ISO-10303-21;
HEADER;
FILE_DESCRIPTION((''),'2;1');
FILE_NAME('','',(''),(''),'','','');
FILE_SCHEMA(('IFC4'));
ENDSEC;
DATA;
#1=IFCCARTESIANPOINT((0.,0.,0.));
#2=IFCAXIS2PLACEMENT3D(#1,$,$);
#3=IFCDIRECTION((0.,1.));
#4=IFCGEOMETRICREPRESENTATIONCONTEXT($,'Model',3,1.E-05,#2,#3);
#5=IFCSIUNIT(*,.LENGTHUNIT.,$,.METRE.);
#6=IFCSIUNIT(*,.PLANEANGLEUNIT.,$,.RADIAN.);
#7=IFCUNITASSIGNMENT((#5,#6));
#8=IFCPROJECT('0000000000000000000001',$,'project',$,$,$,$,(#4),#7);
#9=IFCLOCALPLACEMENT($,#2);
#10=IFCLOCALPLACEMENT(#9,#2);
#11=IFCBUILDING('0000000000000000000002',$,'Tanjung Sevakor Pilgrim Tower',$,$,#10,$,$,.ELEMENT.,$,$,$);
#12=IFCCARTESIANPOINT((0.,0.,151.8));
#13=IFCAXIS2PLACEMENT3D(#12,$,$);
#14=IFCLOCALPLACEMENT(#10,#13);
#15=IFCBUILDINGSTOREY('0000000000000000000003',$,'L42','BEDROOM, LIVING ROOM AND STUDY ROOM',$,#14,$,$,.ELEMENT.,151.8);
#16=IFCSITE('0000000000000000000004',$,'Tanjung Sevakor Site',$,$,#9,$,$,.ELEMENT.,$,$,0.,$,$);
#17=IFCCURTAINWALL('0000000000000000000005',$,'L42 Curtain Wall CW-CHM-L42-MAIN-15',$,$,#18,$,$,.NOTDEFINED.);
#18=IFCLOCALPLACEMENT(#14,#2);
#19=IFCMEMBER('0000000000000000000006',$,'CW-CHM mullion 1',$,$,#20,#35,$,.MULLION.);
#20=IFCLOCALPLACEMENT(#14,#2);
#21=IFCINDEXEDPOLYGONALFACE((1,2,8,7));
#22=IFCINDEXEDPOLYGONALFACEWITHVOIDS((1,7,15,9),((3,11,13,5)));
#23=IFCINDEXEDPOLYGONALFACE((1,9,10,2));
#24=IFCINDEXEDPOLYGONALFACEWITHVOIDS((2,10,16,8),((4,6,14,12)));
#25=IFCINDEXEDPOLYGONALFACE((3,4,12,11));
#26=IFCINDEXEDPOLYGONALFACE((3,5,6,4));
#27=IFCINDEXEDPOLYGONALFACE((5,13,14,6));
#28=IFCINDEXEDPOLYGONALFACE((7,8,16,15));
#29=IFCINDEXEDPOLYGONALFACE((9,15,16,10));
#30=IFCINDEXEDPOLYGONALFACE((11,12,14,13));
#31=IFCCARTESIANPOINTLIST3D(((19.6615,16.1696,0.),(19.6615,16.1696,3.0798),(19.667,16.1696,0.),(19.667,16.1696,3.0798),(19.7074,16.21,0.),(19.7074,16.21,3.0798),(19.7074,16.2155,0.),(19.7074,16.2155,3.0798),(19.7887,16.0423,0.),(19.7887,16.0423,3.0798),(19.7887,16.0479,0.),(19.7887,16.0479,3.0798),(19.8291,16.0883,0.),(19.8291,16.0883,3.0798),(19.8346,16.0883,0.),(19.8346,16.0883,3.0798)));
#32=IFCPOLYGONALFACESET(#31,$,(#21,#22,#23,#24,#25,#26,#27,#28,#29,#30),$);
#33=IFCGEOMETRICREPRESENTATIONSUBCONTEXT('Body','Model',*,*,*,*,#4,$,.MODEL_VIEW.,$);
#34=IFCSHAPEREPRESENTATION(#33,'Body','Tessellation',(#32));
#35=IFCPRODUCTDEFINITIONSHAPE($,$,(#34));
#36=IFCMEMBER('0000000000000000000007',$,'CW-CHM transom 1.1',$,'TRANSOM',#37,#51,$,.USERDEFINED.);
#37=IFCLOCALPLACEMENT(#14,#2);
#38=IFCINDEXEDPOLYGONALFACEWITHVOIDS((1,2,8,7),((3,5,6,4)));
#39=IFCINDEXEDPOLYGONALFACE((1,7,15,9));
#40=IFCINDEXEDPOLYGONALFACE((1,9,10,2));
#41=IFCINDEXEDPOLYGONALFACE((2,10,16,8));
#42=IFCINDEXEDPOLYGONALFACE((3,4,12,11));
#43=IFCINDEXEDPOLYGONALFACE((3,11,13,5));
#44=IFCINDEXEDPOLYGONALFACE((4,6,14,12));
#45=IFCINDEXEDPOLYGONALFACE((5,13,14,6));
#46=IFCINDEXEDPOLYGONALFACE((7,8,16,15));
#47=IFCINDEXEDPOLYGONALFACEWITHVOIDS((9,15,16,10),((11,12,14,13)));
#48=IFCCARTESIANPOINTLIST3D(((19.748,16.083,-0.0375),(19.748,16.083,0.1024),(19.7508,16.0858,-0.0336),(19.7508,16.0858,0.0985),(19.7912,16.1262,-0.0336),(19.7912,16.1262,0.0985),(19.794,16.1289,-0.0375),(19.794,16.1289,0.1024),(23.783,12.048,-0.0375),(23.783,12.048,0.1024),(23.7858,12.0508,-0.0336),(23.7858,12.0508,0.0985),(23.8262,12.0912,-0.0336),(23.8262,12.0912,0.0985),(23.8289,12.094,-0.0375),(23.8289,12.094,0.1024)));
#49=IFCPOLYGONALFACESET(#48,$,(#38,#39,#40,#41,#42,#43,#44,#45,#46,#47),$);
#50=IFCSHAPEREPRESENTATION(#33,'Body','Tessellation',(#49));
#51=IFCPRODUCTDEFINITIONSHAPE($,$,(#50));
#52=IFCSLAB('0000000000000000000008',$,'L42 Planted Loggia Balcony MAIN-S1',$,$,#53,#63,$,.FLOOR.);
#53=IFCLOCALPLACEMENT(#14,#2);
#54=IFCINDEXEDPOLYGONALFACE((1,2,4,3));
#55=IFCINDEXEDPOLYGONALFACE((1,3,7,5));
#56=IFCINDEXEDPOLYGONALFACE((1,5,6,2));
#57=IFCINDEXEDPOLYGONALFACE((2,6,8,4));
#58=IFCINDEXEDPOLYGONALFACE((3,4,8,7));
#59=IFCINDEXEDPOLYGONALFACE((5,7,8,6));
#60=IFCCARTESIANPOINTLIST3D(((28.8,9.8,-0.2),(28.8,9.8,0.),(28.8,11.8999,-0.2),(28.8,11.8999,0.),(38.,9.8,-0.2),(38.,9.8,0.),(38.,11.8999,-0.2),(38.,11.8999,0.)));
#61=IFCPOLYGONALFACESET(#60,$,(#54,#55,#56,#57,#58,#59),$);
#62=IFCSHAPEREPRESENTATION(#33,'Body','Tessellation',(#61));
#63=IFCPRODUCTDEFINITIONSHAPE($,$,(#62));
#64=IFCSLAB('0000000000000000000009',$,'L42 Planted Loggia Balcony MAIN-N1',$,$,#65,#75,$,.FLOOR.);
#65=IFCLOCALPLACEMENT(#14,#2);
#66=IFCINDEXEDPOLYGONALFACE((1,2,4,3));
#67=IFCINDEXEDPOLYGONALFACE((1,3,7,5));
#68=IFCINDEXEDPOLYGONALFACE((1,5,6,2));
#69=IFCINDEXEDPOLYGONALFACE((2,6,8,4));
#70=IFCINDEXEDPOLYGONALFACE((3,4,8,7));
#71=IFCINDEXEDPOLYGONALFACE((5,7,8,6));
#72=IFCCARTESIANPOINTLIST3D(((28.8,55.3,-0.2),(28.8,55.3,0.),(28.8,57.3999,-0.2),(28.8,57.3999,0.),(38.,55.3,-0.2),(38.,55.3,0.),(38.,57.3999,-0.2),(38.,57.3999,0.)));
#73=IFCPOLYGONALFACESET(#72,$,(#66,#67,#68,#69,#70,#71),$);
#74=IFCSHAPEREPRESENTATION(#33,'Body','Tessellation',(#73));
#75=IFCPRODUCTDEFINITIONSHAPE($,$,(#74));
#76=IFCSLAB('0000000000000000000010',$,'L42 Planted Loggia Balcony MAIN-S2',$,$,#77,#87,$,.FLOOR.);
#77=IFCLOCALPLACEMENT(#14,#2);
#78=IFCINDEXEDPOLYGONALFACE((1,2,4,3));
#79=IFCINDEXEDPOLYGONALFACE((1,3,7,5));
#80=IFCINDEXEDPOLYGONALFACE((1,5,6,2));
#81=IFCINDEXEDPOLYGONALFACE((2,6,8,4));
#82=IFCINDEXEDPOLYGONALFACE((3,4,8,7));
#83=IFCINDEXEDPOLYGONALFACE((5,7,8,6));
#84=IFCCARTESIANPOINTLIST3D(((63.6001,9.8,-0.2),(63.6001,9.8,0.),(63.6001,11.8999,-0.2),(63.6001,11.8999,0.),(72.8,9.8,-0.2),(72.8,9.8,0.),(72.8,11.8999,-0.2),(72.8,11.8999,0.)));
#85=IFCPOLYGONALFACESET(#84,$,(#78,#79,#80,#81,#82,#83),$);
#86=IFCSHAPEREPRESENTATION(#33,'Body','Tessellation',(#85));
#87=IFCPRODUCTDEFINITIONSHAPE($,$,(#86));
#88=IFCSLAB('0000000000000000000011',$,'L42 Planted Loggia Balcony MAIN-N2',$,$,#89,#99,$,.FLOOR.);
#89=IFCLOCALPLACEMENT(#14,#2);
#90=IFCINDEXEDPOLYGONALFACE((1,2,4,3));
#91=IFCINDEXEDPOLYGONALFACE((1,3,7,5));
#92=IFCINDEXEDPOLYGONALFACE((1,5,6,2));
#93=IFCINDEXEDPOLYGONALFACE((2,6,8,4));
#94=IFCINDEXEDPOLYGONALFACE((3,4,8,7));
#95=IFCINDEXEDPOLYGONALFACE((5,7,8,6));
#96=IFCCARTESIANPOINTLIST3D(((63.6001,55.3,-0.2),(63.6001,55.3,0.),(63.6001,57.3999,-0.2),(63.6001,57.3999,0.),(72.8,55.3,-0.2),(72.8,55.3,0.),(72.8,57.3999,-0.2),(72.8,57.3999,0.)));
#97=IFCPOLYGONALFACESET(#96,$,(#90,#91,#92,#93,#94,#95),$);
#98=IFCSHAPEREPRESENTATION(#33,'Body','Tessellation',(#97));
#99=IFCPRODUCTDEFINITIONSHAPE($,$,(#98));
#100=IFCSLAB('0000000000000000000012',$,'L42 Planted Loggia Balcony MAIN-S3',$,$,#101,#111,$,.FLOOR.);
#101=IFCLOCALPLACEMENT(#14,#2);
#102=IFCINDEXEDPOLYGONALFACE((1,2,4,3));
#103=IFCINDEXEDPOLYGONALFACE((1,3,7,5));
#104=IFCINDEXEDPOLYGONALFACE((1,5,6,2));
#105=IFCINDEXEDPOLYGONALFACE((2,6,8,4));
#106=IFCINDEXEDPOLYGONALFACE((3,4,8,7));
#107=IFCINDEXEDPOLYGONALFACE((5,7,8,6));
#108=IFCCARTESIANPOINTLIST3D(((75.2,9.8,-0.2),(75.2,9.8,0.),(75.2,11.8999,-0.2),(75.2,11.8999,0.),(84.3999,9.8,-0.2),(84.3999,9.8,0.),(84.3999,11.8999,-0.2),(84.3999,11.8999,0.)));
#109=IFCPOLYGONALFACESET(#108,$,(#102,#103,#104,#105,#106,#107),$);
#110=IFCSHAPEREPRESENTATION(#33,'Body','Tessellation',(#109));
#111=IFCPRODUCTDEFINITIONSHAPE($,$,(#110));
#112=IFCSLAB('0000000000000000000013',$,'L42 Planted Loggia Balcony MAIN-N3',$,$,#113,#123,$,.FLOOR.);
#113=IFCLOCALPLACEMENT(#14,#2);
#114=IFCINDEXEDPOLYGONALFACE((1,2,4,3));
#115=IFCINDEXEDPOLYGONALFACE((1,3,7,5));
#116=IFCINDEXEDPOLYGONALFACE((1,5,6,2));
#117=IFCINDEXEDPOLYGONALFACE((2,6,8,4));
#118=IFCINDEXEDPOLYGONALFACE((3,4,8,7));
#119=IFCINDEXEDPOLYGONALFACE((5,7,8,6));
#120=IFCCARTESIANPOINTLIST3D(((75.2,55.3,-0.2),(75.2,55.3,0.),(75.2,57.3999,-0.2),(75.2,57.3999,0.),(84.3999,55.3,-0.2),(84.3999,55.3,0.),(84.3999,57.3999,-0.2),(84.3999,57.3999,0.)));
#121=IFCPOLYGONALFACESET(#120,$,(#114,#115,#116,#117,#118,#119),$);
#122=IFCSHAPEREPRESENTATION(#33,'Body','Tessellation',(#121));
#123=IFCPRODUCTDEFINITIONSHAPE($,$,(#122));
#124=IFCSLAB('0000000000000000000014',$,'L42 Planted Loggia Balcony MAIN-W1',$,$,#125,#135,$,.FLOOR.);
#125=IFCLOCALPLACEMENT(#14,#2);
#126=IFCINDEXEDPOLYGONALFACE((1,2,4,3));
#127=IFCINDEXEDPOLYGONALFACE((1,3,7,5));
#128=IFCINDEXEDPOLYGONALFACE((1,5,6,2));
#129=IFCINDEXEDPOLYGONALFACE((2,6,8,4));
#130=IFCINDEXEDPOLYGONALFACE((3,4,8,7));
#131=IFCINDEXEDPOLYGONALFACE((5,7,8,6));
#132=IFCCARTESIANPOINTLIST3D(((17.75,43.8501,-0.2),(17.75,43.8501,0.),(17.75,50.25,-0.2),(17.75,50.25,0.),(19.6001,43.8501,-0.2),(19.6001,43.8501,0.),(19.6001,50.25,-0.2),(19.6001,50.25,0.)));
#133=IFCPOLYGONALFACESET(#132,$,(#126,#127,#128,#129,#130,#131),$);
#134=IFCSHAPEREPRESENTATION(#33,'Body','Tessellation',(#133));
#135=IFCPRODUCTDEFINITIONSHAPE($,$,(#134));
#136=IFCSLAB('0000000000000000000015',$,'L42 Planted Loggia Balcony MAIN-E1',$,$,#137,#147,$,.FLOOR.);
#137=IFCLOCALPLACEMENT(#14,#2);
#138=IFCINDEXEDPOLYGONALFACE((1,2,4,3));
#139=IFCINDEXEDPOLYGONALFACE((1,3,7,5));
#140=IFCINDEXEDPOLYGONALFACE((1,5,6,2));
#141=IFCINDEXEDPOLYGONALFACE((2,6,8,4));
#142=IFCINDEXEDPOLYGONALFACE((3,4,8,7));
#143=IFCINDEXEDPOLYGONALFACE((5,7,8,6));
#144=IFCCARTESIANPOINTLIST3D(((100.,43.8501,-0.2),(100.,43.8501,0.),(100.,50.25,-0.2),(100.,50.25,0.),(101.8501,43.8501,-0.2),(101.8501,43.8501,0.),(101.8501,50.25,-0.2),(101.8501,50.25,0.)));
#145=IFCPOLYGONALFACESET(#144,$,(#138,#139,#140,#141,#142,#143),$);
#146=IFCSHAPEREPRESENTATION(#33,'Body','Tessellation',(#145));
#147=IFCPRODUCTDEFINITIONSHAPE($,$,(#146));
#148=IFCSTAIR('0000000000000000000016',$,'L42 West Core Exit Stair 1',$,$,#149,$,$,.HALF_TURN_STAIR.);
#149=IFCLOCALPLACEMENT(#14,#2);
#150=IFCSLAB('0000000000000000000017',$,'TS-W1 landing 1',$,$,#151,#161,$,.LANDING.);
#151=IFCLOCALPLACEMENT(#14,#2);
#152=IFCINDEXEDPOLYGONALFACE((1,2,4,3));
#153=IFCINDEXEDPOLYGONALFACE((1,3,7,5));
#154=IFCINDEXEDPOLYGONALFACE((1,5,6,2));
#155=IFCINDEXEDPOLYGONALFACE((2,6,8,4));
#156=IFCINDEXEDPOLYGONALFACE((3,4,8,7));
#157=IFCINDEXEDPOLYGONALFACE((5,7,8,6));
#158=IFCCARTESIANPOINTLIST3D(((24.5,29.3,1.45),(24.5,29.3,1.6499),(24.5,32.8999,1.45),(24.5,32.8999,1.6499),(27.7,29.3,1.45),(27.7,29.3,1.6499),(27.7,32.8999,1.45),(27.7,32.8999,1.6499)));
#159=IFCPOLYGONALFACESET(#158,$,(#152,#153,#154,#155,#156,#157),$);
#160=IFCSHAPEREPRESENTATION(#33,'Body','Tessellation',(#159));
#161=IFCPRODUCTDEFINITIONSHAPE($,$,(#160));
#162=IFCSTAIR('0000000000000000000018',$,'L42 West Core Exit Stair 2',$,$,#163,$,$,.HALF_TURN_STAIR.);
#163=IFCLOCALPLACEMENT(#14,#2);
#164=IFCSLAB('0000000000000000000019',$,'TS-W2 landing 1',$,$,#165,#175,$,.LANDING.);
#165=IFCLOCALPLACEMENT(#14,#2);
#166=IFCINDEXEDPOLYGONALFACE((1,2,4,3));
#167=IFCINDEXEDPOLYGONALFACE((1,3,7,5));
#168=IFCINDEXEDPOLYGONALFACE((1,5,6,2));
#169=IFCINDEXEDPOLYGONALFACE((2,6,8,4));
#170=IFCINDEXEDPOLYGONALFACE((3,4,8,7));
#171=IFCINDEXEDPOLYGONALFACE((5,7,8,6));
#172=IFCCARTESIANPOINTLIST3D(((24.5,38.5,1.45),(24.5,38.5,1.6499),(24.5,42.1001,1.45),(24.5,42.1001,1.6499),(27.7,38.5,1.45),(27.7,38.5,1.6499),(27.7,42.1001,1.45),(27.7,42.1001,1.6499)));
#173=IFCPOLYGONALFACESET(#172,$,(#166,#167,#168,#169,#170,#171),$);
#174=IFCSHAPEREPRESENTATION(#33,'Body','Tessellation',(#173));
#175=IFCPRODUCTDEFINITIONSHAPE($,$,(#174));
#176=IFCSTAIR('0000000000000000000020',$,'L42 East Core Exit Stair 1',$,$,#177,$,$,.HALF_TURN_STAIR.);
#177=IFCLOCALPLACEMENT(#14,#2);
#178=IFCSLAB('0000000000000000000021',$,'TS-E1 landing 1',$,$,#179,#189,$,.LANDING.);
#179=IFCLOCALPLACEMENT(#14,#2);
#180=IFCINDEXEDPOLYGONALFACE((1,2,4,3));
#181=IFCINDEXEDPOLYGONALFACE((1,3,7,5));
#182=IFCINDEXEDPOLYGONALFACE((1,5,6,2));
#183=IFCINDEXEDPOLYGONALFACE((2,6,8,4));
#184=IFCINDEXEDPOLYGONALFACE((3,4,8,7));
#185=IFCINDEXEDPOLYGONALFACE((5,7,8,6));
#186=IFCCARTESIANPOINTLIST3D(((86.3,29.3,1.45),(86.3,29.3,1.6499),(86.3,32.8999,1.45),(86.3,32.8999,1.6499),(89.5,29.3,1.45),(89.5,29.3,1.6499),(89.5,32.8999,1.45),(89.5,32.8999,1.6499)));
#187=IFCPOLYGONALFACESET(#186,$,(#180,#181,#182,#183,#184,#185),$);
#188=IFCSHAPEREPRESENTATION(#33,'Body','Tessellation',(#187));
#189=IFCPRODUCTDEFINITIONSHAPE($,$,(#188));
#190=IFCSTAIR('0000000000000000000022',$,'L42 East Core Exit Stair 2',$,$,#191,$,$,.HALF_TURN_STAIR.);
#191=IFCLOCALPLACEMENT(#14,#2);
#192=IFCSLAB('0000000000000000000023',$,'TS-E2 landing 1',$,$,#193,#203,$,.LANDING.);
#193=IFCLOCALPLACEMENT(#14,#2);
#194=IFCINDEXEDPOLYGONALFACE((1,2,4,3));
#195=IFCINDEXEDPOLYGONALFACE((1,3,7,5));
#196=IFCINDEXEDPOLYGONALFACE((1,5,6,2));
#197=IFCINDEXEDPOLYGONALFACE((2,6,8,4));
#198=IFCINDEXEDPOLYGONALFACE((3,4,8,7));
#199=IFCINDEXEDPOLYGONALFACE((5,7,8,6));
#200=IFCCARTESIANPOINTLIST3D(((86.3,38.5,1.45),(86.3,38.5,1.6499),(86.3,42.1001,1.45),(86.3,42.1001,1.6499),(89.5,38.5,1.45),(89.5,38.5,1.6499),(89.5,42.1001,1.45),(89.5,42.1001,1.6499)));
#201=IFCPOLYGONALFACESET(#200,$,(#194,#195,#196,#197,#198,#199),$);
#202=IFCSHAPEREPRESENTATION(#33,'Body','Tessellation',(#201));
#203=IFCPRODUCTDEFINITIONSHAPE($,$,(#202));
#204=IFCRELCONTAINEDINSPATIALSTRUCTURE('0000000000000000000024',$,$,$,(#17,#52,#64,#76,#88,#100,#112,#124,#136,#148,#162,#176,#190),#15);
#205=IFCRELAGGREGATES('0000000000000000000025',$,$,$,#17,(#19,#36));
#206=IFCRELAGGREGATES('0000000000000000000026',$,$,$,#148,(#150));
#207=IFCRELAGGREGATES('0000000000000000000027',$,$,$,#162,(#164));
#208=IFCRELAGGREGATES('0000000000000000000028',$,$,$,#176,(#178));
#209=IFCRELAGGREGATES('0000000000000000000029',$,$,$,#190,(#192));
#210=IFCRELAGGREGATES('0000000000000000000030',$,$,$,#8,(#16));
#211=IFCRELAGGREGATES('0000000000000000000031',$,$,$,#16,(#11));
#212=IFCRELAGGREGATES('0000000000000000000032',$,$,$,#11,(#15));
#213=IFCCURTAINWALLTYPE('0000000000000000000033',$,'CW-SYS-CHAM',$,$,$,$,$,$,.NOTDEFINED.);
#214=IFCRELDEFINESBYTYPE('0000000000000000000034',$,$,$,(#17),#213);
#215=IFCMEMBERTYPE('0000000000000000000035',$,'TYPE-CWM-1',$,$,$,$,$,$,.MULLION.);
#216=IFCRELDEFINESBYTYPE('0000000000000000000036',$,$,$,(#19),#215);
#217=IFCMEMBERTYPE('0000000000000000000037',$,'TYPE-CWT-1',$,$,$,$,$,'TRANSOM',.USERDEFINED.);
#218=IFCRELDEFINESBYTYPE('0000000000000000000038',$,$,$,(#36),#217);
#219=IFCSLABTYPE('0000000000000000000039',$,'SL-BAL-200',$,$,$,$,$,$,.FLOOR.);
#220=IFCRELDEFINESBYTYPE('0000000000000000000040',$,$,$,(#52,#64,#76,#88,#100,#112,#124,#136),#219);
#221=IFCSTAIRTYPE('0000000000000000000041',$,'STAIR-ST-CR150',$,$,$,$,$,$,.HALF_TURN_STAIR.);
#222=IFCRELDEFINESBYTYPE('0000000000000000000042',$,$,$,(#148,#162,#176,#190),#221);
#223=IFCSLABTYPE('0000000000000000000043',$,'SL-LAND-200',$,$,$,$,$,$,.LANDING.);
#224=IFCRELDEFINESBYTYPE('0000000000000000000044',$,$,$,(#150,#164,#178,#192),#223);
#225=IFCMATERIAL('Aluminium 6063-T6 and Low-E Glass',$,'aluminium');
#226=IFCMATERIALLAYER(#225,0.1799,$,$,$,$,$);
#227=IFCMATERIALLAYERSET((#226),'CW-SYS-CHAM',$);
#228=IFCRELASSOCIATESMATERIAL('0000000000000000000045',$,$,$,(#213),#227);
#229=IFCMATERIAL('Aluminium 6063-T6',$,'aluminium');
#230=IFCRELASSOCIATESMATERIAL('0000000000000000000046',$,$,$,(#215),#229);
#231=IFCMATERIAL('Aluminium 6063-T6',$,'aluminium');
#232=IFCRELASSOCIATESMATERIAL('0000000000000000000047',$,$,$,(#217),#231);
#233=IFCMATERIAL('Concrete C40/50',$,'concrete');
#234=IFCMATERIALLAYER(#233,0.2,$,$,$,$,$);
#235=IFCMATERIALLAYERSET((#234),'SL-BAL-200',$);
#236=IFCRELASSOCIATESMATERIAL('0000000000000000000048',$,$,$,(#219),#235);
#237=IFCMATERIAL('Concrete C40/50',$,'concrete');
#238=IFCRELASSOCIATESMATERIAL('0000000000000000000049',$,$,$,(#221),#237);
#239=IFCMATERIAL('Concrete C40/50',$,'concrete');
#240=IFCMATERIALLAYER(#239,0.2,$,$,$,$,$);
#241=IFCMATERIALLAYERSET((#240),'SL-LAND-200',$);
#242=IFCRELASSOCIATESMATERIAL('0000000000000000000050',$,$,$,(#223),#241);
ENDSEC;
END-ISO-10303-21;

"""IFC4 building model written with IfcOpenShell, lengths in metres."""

from ifc_helpers import new_model, si_unit, direction, frame, origin, origin_2d, place, context, subcontext, project, spatial, polyline, hollow_rectangle, outline, extrude, material, layer, layer_set, material_profile, profile_set, type_object, element, aggregate, save


model = new_model("IFC4")

# Units and contexts
model_context = context("Model", 3, precision=1e-05, world=origin(), true_north=direction((0.0, 1.0)))
body_context = subcontext(model_context, "Body", "Model", "MODEL_VIEW")
ifc_project = project(units=[si_unit("LENGTHUNIT", "METRE"), si_unit("PLANEANGLEUNIT", "RADIAN")], contexts=[model_context])

# Site, building, storey
site_placement = place(None, origin())
site = spatial("IfcSite", under=ifc_project, at=site_placement, Name="Tanjung Sevakor Site", CompositionType="ELEMENT", RefElevation=0.0)
building_placement = place(site_placement, origin())
building = spatial("IfcBuilding", under=site, at=building_placement, Name="Tanjung Sevakor Pilgrim Tower", CompositionType="ELEMENT")
storey_placement = place(building_placement, frame((0.0, 0.0, 151.8)))
storey = spatial("IfcBuildingStorey", under=building, at=storey_placement, Name="L42", Description="BEDROOM, LIVING ROOM AND STUDY ROOM", CompositionType="ELEMENT", Elevation=151.8)

# Curtain wall, members
ifc_material_1 = material(Name="Aluminium 6063-T6 and Low-E Glass", Category="aluminium")
ifc_layer_1 = layer(ifc_material_1, 0.1799)
ifc_layer_set_1 = layer_set([ifc_layer_1], Name="CW-SYS-CHAM")
curtain_wall_type = type_object("IfcCurtainWallType", Name="CW-SYS-CHAM", PredefinedType="NOTDEFINED", material=ifc_layer_set_1)
curtain_wall_placement = place(storey_placement, origin())
curtain_wall = element("IfcCurtainWall", 1, at=curtain_wall_placement, inside=storey, type_object=curtain_wall_type, Name="L42 Curtain Wall CW-CHM-L42-MAIN-15", PredefinedType="NOTDEFINED")
ifc_material_2 = material(Name="Aluminium 6063-T6", Category="aluminium")
ifc_material_profile_1 = material_profile(ifc_material_2, hollow_rectangle(XDim=0.0649, YDim=0.1799, WallThickness=0.0039, at=origin_2d()))
ifc_profile_set_1 = profile_set([ifc_material_profile_1], Name="Aluminium 6063-T6")
member_type_1 = type_object("IfcMemberType", Name="TYPE-CWM-1", PredefinedType="MULLION", material=ifc_profile_set_1)
member_1_placement = place(storey_placement, frame((19.748, 16.1289, 0.0), z_axis=(0.0, 0.0, 1.0), x_axis=(0.707107, 0.707107, 0.0)))
member_1 = element("IfcMember", 2, at=member_1_placement, type_object=member_type_1, Name="CW-CHM mullion 1", PredefinedType="MULLION", context=body_context, shape_type="SweptSolid", body=[
    extrude(hollow_rectangle(XDim=0.0649, YDim=0.1799, WallThickness=0.0039, at=origin_2d()), origin(), (0.0, 0.0, 1.0), 3.0798),
])
ifc_material_3 = material(Name="Aluminium 6063-T6", Category="aluminium")
ifc_material_profile_2 = material_profile(ifc_material_3, hollow_rectangle(XDim=0.0649, YDim=0.1399, WallThickness=0.0039, at=origin_2d()))
ifc_profile_set_2 = profile_set([ifc_material_profile_2], Name="Aluminium 6063-T6")
member_type_2 = type_object("IfcMemberType", Name="TYPE-CWT-1", ElementType="TRANSOM", PredefinedType="USERDEFINED", material=ifc_profile_set_2)
member_2_placement = place(storey_placement, frame((19.771, 16.106, 0.0325), z_axis=(0.707107, -0.707107, 0.0), x_axis=(0.707107, 0.707107, 0.0)))
member_2 = element("IfcMember", 3, at=member_2_placement, type_object=member_type_2, Name="CW-CHM transom 1.1", ObjectType="TRANSOM", PredefinedType="USERDEFINED", context=body_context, shape_type="SweptSolid", body=[
    extrude(hollow_rectangle(XDim=0.0649, YDim=0.1399, WallThickness=0.0039, at=origin_2d()), origin(), (0.0, 0.0, 1.0), 5.7063),
])
aggregate(curtain_wall, [member_1, member_2])

# Slabs
ifc_material_4 = material(Name="Concrete C40/50", Category="concrete")
ifc_layer_2 = layer(ifc_material_4, 0.2)
ifc_layer_set_2 = layer_set([ifc_layer_2], Name="SL-BAL-200")
slab_type_1 = type_object("IfcSlabType", Name="SL-BAL-200", PredefinedType="FLOOR", material=ifc_layer_set_2)
slab_1_placement = place(storey_placement, frame((0.0, 0.0, -0.2)))
element("IfcSlab", 4, at=slab_1_placement, inside=storey, type_object=slab_type_1, Name="L42 Planted Loggia Balcony MAIN-S1", PredefinedType="FLOOR", context=body_context, shape_type="SweptSolid", body=[
    extrude(outline(polyline([(28.8, 9.8), (38.0, 9.8), (38.0, 11.8999), (28.8, 11.8999), (28.8, 9.8)])), origin(), (0.0, 0.0, 1.0), 0.2),
])
slab_2_placement = place(storey_placement, frame((0.0, 0.0, -0.2)))
element("IfcSlab", 5, at=slab_2_placement, inside=storey, type_object=slab_type_1, Name="L42 Planted Loggia Balcony MAIN-N1", PredefinedType="FLOOR", context=body_context, shape_type="SweptSolid", body=[
    extrude(outline(polyline([(28.8, 55.3), (38.0, 55.3), (38.0, 57.3999), (28.8, 57.3999), (28.8, 55.3)])), origin(), (0.0, 0.0, 1.0), 0.2),
])
slab_3_placement = place(storey_placement, frame((0.0, 0.0, -0.2)))
element("IfcSlab", 6, at=slab_3_placement, inside=storey, type_object=slab_type_1, Name="L42 Planted Loggia Balcony MAIN-S2", PredefinedType="FLOOR", context=body_context, shape_type="SweptSolid", body=[
    extrude(outline(polyline([(63.6001, 9.8), (72.8, 9.8), (72.8, 11.8999), (63.6001, 11.8999), (63.6001, 9.8)])), origin(), (0.0, 0.0, 1.0), 0.2),
])
slab_4_placement = place(storey_placement, frame((0.0, 0.0, -0.2)))
element("IfcSlab", 7, at=slab_4_placement, inside=storey, type_object=slab_type_1, Name="L42 Planted Loggia Balcony MAIN-N2", PredefinedType="FLOOR", context=body_context, shape_type="SweptSolid", body=[
    extrude(outline(polyline([(63.6001, 55.3), (72.8, 55.3), (72.8, 57.3999), (63.6001, 57.3999), (63.6001, 55.3)])), origin(), (0.0, 0.0, 1.0), 0.2),
])
slab_5_placement = place(storey_placement, frame((0.0, 0.0, -0.2)))
element("IfcSlab", 8, at=slab_5_placement, inside=storey, type_object=slab_type_1, Name="L42 Planted Loggia Balcony MAIN-S3", PredefinedType="FLOOR", context=body_context, shape_type="SweptSolid", body=[
    extrude(outline(polyline([(75.2, 9.8), (84.3999, 9.8), (84.3999, 11.8999), (75.2, 11.8999), (75.2, 9.8)])), origin(), (0.0, 0.0, 1.0), 0.2),
])
slab_6_placement = place(storey_placement, frame((0.0, 0.0, -0.2)))
element("IfcSlab", 9, at=slab_6_placement, inside=storey, type_object=slab_type_1, Name="L42 Planted Loggia Balcony MAIN-N3", PredefinedType="FLOOR", context=body_context, shape_type="SweptSolid", body=[
    extrude(outline(polyline([(75.2, 55.3), (84.3999, 55.3), (84.3999, 57.3999), (75.2, 57.3999), (75.2, 55.3)])), origin(), (0.0, 0.0, 1.0), 0.2),
])
slab_7_placement = place(storey_placement, frame((0.0, 0.0, -0.2)))
element("IfcSlab", 10, at=slab_7_placement, inside=storey, type_object=slab_type_1, Name="L42 Planted Loggia Balcony MAIN-W1", PredefinedType="FLOOR", context=body_context, shape_type="SweptSolid", body=[
    extrude(outline(polyline([(17.75, 43.8501), (19.6001, 43.8501), (19.6001, 50.25), (17.75, 50.25), (17.75, 43.8501)])), origin(), (0.0, 0.0, 1.0), 0.2),
])
slab_8_placement = place(storey_placement, frame((0.0, 0.0, -0.2)))
element("IfcSlab", 11, at=slab_8_placement, inside=storey, type_object=slab_type_1, Name="L42 Planted Loggia Balcony MAIN-E1", PredefinedType="FLOOR", context=body_context, shape_type="SweptSolid", body=[
    extrude(outline(polyline([(100.0, 43.8501), (101.8501, 43.8501), (101.8501, 50.25), (100.0, 50.25), (100.0, 43.8501)])), origin(), (0.0, 0.0, 1.0), 0.2),
])

# Stairs, slabs
ifc_material_5 = material(Name="Concrete C40/50", Category="concrete")
stair_type = type_object("IfcStairType", Name="STAIR-ST-CR150", PredefinedType="HALF_TURN_STAIR", material=ifc_material_5)
stair_1_placement = place(storey_placement, origin())
stair_1 = element("IfcStair", 12, at=stair_1_placement, inside=storey, type_object=stair_type, Name="L42 West Core Exit Stair 1", PredefinedType="HALF_TURN_STAIR")
ifc_material_6 = material(Name="Concrete C40/50", Category="concrete")
ifc_layer_3 = layer(ifc_material_6, 0.2)
ifc_layer_set_3 = layer_set([ifc_layer_3], Name="SL-LAND-200")
slab_type_2 = type_object("IfcSlabType", Name="SL-LAND-200", PredefinedType="LANDING", material=ifc_layer_set_3)
slab_9_placement = place(storey_placement, frame((0.0, 0.0, 1.45)))
slab_9 = element("IfcSlab", 13, at=slab_9_placement, type_object=slab_type_2, Name="TS-W1 landing 1", PredefinedType="LANDING", context=body_context, shape_type="SweptSolid", body=[
    extrude(outline(polyline([(27.7, 29.3), (27.7, 32.8999), (24.5, 32.8999), (24.5, 29.3), (27.7, 29.3)])), origin(), (0.0, 0.0, 1.0), 0.2),
])
aggregate(stair_1, [slab_9])
stair_2_placement = place(storey_placement, origin())
stair_2 = element("IfcStair", 14, at=stair_2_placement, inside=storey, type_object=stair_type, Name="L42 West Core Exit Stair 2", PredefinedType="HALF_TURN_STAIR")
slab_10_placement = place(storey_placement, frame((0.0, 0.0, 1.45)))
slab_10 = element("IfcSlab", 15, at=slab_10_placement, type_object=slab_type_2, Name="TS-W2 landing 1", PredefinedType="LANDING", context=body_context, shape_type="SweptSolid", body=[
    extrude(outline(polyline([(27.7, 38.5), (27.7, 42.1001), (24.5, 42.1001), (24.5, 38.5), (27.7, 38.5)])), origin(), (0.0, 0.0, 1.0), 0.2),
])
aggregate(stair_2, [slab_10])
stair_3_placement = place(storey_placement, origin())
stair_3 = element("IfcStair", 16, at=stair_3_placement, inside=storey, type_object=stair_type, Name="L42 East Core Exit Stair 1", PredefinedType="HALF_TURN_STAIR")
slab_11_placement = place(storey_placement, frame((0.0, 0.0, 1.45)))
slab_11 = element("IfcSlab", 17, at=slab_11_placement, type_object=slab_type_2, Name="TS-E1 landing 1", PredefinedType="LANDING", context=body_context, shape_type="SweptSolid", body=[
    extrude(outline(polyline([(89.5, 29.3), (89.5, 32.8999), (86.3, 32.8999), (86.3, 29.3), (89.5, 29.3)])), origin(), (0.0, 0.0, 1.0), 0.2),
])
aggregate(stair_3, [slab_11])
stair_4_placement = place(storey_placement, origin())
stair_4 = element("IfcStair", 18, at=stair_4_placement, inside=storey, type_object=stair_type, Name="L42 East Core Exit Stair 2", PredefinedType="HALF_TURN_STAIR")
slab_12_placement = place(storey_placement, frame((0.0, 0.0, 1.45)))
slab_12 = element("IfcSlab", 19, at=slab_12_placement, type_object=slab_type_2, Name="TS-E2 landing 1", PredefinedType="LANDING", context=body_context, shape_type="SweptSolid", body=[
    extrude(outline(polyline([(89.5, 38.5), (89.5, 42.1001), (86.3, 42.1001), (86.3, 38.5), (89.5, 38.5)])), origin(), (0.0, 0.0, 1.0), 0.2),
])
aggregate(stair_4, [slab_12])

save(model, "model.ifc")
